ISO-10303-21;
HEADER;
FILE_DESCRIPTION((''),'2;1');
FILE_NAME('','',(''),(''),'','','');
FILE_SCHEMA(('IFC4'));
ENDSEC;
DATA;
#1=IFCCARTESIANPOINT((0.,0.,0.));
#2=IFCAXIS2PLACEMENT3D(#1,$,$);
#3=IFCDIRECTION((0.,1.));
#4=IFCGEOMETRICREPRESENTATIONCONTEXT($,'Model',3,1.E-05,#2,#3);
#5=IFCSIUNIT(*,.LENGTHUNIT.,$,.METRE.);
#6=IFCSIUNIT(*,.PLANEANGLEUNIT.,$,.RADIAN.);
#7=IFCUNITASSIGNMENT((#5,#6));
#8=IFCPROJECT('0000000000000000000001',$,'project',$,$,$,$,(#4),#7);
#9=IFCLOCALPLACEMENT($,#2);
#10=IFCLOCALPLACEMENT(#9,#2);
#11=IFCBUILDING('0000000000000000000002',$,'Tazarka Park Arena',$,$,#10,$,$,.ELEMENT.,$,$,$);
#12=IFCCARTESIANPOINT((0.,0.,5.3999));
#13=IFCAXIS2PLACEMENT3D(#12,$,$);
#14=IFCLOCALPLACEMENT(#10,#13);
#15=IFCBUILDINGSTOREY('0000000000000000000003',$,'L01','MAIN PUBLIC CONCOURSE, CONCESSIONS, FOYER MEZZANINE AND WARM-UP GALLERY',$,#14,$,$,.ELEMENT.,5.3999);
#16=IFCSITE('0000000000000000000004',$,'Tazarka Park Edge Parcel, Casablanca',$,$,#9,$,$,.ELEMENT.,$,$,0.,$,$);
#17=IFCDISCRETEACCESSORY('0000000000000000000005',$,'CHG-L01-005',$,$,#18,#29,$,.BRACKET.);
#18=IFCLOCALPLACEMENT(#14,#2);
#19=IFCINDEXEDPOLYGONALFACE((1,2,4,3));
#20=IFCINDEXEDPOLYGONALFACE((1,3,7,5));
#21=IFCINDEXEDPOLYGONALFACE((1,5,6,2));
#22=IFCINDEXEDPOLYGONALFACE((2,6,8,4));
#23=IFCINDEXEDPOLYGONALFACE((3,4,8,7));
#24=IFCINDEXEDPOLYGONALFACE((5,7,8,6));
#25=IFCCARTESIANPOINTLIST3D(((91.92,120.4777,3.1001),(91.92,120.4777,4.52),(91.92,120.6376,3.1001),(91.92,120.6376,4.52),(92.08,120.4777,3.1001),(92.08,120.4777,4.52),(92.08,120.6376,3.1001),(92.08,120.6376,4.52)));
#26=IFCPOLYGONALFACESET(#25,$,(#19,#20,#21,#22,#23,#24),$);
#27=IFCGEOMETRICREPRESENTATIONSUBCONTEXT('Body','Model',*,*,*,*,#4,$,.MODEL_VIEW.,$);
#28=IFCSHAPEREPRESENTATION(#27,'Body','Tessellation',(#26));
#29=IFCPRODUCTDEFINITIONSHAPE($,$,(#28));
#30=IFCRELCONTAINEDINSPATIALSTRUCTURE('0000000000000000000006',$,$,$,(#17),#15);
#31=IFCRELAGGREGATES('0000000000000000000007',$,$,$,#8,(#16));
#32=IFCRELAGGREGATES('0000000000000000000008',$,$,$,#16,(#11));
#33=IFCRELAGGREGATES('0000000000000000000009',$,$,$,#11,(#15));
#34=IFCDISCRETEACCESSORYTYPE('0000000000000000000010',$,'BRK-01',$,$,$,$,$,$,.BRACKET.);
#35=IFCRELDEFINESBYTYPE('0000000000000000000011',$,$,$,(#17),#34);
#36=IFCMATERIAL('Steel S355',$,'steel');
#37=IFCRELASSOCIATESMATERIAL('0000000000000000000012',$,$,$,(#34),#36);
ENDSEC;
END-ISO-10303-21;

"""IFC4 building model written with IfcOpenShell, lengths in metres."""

from ifc_helpers import new_model, si_unit, direction, frame, origin, origin_2d, place, context, subcontext, project, spatial, rectangle, extrude, material, type_object, element, save


model = new_model("IFC4")

# Units and contexts
model_context = context("Model", 3, precision=1e-05, world=origin(), true_north=direction((0.0, 1.0)))
body_context = subcontext(model_context, "Body", "Model", "MODEL_VIEW")
ifc_project = project(units=[si_unit("LENGTHUNIT", "METRE"), si_unit("PLANEANGLEUNIT", "RADIAN")], contexts=[model_context])

# Site, building, storey
site_placement = place(None, origin())
site = spatial("IfcSite", under=ifc_project, at=site_placement, Name="Tazarka Park Edge Parcel, Casablanca", CompositionType="ELEMENT", RefElevation=0.0)
building_placement = place(site_placement, origin())
building = spatial("IfcBuilding", under=site, at=building_placement, Name="Tazarka Park Arena", CompositionType="ELEMENT")
storey_placement = place(building_placement, frame((0.0, 0.0, 5.3999)))
storey = spatial("IfcBuildingStorey", under=building, at=storey_placement, Name="L01", Description="MAIN PUBLIC CONCOURSE, CONCESSIONS, FOYER MEZZANINE AND WARM-UP GALLERY", CompositionType="ELEMENT", Elevation=5.3999)

# Discrete accessory
ifc_material_1 = material(Name="Steel S355", Category="steel")
discrete_accessory_type = type_object("IfcDiscreteAccessoryType", Name="BRK-01", PredefinedType="BRACKET", material=ifc_material_1)
discrete_accessory_placement = place(storey_placement, frame((92.0, 120.5576, 3.1001), z_axis=(0.0, 0.0, 1.0), x_axis=(1.0, 0.0, 0.0)))
element("IfcDiscreteAccessory", 1, at=discrete_accessory_placement, inside=storey, type_object=discrete_accessory_type, Name="CHG-L01-005", PredefinedType="BRACKET", context=body_context, shape_type="SweptSolid", body=[
    extrude(rectangle(XDim=0.1599, YDim=0.1599, at=origin_2d()), origin(), (0.0, 0.0, 1.0), 1.4199),
])

save(model, "model.ifc")
